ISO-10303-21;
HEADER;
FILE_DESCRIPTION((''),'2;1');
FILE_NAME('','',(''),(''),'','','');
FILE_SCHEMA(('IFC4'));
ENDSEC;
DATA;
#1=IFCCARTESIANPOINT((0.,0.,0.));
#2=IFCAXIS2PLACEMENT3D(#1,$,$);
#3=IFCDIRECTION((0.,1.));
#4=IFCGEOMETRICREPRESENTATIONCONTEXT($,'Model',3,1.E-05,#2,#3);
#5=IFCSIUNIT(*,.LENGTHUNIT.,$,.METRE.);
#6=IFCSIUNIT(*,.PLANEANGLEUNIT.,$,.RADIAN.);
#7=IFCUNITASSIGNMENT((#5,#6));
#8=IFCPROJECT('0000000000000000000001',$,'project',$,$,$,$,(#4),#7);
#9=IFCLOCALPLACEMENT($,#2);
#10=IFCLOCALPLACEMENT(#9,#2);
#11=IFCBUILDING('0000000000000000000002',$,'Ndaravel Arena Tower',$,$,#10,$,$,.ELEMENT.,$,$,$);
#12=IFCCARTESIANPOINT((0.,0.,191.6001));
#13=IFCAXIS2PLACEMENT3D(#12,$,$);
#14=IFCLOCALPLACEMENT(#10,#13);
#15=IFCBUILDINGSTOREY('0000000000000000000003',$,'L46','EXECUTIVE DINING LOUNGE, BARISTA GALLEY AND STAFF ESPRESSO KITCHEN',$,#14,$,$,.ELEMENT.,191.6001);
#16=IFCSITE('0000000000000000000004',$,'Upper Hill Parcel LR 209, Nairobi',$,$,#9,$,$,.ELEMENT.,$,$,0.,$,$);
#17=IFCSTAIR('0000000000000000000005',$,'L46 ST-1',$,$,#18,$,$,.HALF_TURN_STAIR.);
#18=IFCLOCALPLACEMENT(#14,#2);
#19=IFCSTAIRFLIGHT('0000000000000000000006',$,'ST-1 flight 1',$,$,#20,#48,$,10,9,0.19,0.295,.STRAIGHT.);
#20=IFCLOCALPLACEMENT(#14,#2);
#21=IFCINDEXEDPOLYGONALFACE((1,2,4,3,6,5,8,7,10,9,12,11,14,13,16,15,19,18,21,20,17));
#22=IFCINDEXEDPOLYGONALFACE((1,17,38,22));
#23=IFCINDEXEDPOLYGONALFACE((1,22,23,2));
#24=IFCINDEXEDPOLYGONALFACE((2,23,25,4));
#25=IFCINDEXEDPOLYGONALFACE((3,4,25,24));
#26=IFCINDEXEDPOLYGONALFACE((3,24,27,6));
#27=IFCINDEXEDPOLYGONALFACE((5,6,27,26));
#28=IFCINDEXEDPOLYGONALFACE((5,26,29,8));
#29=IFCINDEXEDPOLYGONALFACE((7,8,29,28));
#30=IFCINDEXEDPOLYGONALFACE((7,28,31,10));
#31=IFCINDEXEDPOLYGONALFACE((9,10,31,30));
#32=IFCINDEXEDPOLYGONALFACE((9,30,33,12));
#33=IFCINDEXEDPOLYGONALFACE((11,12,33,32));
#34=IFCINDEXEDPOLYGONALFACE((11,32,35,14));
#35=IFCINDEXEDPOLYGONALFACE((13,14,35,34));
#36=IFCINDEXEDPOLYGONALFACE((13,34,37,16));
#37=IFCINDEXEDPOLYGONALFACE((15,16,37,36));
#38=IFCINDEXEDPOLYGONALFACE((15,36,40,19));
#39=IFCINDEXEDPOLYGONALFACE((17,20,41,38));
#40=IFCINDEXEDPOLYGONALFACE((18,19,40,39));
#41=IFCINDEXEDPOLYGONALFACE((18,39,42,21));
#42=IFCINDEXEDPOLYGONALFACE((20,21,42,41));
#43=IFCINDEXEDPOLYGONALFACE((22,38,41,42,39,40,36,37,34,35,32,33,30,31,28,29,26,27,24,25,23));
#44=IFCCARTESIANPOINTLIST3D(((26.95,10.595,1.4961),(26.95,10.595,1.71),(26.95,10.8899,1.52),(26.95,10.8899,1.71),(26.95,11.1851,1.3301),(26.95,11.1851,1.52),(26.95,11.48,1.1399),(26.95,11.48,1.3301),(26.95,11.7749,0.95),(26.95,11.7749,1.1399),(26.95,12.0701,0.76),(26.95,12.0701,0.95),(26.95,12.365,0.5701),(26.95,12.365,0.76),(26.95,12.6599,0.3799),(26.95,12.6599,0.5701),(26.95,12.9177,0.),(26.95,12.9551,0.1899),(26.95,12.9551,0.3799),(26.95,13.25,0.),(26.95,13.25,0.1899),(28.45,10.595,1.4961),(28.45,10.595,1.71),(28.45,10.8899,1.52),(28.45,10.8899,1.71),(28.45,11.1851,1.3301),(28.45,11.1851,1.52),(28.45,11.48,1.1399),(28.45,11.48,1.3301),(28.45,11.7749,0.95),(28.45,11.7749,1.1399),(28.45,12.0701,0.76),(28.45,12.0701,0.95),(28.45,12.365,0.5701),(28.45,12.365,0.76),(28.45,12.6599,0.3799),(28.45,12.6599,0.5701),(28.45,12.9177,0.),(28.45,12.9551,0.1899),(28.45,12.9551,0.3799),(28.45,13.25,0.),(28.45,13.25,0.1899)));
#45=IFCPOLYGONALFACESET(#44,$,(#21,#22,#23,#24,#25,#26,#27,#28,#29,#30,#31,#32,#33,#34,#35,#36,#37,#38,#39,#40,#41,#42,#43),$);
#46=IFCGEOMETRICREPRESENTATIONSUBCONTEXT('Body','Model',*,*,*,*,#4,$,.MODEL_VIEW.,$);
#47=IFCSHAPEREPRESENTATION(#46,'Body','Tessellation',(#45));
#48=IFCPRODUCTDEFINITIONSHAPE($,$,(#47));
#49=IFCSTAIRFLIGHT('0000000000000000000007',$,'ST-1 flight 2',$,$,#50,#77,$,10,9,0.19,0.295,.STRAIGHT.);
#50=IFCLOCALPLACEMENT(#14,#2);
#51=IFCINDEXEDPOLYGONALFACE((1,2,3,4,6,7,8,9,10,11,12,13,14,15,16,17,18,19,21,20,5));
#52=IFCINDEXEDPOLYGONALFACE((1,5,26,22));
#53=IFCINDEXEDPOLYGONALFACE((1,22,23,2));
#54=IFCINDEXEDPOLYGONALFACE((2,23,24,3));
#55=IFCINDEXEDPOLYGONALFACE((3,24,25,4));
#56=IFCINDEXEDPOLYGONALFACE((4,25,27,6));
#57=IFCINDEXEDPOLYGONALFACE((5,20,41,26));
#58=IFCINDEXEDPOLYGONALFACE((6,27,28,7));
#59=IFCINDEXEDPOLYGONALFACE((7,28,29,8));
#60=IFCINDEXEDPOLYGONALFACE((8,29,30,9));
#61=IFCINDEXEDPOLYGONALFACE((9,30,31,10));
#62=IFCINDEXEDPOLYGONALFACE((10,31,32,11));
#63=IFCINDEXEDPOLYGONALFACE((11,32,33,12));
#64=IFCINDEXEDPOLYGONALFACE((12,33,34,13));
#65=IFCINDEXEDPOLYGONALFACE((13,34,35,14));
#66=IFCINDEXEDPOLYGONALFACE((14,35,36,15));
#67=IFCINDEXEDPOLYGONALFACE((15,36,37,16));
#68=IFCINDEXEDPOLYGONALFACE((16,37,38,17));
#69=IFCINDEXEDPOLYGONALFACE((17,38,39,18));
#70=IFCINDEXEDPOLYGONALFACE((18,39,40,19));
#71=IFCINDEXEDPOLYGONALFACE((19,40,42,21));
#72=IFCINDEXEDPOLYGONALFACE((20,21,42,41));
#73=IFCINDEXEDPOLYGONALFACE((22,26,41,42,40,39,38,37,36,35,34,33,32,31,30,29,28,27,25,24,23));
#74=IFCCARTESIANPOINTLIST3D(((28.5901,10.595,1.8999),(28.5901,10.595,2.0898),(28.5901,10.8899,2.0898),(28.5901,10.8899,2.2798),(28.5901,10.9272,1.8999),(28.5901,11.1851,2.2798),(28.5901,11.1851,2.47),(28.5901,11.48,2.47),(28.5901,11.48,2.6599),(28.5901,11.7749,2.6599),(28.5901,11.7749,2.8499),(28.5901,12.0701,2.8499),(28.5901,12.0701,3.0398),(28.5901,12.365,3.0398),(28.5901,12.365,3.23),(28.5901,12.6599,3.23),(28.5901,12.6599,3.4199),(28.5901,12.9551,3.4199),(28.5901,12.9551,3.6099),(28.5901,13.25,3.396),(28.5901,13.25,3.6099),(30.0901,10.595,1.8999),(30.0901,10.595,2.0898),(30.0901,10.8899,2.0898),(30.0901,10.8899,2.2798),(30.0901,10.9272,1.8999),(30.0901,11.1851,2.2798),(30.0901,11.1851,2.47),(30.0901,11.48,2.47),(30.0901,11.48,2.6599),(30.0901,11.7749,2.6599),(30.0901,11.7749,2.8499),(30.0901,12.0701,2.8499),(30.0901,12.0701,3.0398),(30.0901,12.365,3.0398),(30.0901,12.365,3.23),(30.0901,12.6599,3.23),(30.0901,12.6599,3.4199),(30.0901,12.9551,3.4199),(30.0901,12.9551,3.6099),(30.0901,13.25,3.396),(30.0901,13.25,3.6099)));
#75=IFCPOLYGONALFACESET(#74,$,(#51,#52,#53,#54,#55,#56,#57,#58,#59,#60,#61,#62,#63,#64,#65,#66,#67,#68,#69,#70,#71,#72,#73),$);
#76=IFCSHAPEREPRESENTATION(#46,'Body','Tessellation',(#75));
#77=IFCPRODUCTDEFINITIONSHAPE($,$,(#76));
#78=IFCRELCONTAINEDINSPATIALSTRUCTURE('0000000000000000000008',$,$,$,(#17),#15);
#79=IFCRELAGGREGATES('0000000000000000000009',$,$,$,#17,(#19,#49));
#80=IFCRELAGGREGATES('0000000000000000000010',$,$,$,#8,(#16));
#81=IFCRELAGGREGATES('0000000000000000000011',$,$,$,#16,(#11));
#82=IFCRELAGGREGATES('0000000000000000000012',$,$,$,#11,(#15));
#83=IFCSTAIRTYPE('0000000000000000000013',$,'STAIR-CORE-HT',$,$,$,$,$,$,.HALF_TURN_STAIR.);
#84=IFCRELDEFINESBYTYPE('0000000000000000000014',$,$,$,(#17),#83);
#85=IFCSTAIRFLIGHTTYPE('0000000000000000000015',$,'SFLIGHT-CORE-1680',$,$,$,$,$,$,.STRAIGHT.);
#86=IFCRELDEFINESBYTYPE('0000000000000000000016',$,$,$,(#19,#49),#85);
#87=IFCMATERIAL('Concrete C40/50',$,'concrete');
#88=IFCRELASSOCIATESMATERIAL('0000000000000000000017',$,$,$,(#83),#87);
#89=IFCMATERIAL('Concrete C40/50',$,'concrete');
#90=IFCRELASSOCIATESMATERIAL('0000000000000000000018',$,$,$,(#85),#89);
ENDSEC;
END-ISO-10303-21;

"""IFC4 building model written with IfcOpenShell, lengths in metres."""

from ifc_helpers import new_model, si_unit, direction, frame, origin, place, context, subcontext, project, spatial, polyline, outline, extrude, material, type_object, element, aggregate, save


model = new_model("IFC4")

# Units and contexts
model_context = context("Model", 3, precision=1e-05, world=origin(), true_north=direction((0.0, 1.0)))
body_context = subcontext(model_context, "Body", "Model", "MODEL_VIEW")
ifc_project = project(units=[si_unit("LENGTHUNIT", "METRE"), si_unit("PLANEANGLEUNIT", "RADIAN")], contexts=[model_context])

# Site, building, storey
site_placement = place(None, origin())
site = spatial("IfcSite", under=ifc_project, at=site_placement, Name="Upper Hill Parcel LR 209, Nairobi", CompositionType="ELEMENT", RefElevation=0.0)
building_placement = place(site_placement, origin())
building = spatial("IfcBuilding", under=site, at=building_placement, Name="Ndaravel Arena Tower", CompositionType="ELEMENT")
storey_placement = place(building_placement, frame((0.0, 0.0, 191.6001)))
storey = spatial("IfcBuildingStorey", under=building, at=storey_placement, Name="L46", Description="EXECUTIVE DINING LOUNGE, BARISTA GALLEY AND STAFF ESPRESSO KITCHEN", CompositionType="ELEMENT", Elevation=191.6001)

# Stair, stair flights
ifc_material_1 = material(Name="Concrete C40/50", Category="concrete")
stair_type = type_object("IfcStairType", Name="STAIR-CORE-HT", PredefinedType="HALF_TURN_STAIR", material=ifc_material_1)
stair_placement = place(storey_placement, origin())
stair = element("IfcStair", 1, at=stair_placement, inside=storey, type_object=stair_type, Name="L46 ST-1", PredefinedType="HALF_TURN_STAIR")
ifc_material_2 = material(Name="Concrete C40/50", Category="concrete")
stair_flight_type = type_object("IfcStairFlightType", Name="SFLIGHT-CORE-1680", PredefinedType="STRAIGHT", material=ifc_material_2)
stair_flight_1_placement = place(storey_placement, frame((27.7, 13.25, 0.0), z_axis=(0.0, 0.0, 1.0), x_axis=(0.0, -1.0, 0.0)))
stair_flight_1 = element("IfcStairFlight", 2, at=stair_flight_1_placement, type_object=stair_flight_type, Name="ST-1 flight 1", NumberOfRisers=10, NumberOfTreads=9, PredefinedType="STRAIGHT", RiserHeight=0.19, TreadLength=0.295, context=body_context, shape_type="SweptSolid", body=[
    extrude(outline(polyline([(0.0, 0.0), (0.0, 0.1899), (0.2949, 0.1899), (0.2949, 0.3799), (0.5901, 0.3799), (0.5901, 0.5701), (0.885, 0.5701), (0.885, 0.76), (1.1799, 0.76), (1.1799, 0.95), (1.4751, 0.95), (1.4751, 1.1399), (1.77, 1.1399), (1.77, 1.3301), (2.0649, 1.3301), (2.0649, 1.52), (2.3601, 1.52), (2.3601, 1.71), (2.655, 1.71), (2.655, 1.8999), (2.655, 1.4961), (0.3323, 0.0), (0.0, 0.0)])), frame((0.0, 0.75, 0.0), z_axis=(0.0, -1.0, 0.0), x_axis=(1.0, 0.0, 0.0)), (0.0, 0.0, 1.0), 1.5),
])
stair_flight_2_placement = place(storey_placement, frame((29.3401, 10.595, 1.8999), z_axis=(0.0, 0.0, 1.0), x_axis=(0.0, 1.0, 0.0)))
stair_flight_2 = element("IfcStairFlight", 3, at=stair_flight_2_placement, type_object=stair_flight_type, Name="ST-1 flight 2", NumberOfRisers=10, NumberOfTreads=9, PredefinedType="STRAIGHT", RiserHeight=0.19, TreadLength=0.295, context=body_context, shape_type="SweptSolid", body=[
    extrude(outline(polyline([(0.0, 0.0), (0.0, 0.1899), (0.2949, 0.1899), (0.2949, 0.3799), (0.5901, 0.3799), (0.5901, 0.5701), (0.885, 0.5701), (0.885, 0.76), (1.1799, 0.76), (1.1799, 0.95), (1.4751, 0.95), (1.4751, 1.1399), (1.77, 1.1399), (1.77, 1.3301), (2.0649, 1.3301), (2.0649, 1.52), (2.3601, 1.52), (2.3601, 1.71), (2.655, 1.71), (2.655, 1.8999), (2.655, 1.4961), (0.3323, 0.0), (0.0, 0.0)])), frame((0.0, 0.75, 0.0), z_axis=(0.0, -1.0, 0.0), x_axis=(1.0, 0.0, 0.0)), (0.0, 0.0, 1.0), 1.5),
])
aggregate(stair, [stair_flight_1, stair_flight_2])

save(model, "model.ifc")
